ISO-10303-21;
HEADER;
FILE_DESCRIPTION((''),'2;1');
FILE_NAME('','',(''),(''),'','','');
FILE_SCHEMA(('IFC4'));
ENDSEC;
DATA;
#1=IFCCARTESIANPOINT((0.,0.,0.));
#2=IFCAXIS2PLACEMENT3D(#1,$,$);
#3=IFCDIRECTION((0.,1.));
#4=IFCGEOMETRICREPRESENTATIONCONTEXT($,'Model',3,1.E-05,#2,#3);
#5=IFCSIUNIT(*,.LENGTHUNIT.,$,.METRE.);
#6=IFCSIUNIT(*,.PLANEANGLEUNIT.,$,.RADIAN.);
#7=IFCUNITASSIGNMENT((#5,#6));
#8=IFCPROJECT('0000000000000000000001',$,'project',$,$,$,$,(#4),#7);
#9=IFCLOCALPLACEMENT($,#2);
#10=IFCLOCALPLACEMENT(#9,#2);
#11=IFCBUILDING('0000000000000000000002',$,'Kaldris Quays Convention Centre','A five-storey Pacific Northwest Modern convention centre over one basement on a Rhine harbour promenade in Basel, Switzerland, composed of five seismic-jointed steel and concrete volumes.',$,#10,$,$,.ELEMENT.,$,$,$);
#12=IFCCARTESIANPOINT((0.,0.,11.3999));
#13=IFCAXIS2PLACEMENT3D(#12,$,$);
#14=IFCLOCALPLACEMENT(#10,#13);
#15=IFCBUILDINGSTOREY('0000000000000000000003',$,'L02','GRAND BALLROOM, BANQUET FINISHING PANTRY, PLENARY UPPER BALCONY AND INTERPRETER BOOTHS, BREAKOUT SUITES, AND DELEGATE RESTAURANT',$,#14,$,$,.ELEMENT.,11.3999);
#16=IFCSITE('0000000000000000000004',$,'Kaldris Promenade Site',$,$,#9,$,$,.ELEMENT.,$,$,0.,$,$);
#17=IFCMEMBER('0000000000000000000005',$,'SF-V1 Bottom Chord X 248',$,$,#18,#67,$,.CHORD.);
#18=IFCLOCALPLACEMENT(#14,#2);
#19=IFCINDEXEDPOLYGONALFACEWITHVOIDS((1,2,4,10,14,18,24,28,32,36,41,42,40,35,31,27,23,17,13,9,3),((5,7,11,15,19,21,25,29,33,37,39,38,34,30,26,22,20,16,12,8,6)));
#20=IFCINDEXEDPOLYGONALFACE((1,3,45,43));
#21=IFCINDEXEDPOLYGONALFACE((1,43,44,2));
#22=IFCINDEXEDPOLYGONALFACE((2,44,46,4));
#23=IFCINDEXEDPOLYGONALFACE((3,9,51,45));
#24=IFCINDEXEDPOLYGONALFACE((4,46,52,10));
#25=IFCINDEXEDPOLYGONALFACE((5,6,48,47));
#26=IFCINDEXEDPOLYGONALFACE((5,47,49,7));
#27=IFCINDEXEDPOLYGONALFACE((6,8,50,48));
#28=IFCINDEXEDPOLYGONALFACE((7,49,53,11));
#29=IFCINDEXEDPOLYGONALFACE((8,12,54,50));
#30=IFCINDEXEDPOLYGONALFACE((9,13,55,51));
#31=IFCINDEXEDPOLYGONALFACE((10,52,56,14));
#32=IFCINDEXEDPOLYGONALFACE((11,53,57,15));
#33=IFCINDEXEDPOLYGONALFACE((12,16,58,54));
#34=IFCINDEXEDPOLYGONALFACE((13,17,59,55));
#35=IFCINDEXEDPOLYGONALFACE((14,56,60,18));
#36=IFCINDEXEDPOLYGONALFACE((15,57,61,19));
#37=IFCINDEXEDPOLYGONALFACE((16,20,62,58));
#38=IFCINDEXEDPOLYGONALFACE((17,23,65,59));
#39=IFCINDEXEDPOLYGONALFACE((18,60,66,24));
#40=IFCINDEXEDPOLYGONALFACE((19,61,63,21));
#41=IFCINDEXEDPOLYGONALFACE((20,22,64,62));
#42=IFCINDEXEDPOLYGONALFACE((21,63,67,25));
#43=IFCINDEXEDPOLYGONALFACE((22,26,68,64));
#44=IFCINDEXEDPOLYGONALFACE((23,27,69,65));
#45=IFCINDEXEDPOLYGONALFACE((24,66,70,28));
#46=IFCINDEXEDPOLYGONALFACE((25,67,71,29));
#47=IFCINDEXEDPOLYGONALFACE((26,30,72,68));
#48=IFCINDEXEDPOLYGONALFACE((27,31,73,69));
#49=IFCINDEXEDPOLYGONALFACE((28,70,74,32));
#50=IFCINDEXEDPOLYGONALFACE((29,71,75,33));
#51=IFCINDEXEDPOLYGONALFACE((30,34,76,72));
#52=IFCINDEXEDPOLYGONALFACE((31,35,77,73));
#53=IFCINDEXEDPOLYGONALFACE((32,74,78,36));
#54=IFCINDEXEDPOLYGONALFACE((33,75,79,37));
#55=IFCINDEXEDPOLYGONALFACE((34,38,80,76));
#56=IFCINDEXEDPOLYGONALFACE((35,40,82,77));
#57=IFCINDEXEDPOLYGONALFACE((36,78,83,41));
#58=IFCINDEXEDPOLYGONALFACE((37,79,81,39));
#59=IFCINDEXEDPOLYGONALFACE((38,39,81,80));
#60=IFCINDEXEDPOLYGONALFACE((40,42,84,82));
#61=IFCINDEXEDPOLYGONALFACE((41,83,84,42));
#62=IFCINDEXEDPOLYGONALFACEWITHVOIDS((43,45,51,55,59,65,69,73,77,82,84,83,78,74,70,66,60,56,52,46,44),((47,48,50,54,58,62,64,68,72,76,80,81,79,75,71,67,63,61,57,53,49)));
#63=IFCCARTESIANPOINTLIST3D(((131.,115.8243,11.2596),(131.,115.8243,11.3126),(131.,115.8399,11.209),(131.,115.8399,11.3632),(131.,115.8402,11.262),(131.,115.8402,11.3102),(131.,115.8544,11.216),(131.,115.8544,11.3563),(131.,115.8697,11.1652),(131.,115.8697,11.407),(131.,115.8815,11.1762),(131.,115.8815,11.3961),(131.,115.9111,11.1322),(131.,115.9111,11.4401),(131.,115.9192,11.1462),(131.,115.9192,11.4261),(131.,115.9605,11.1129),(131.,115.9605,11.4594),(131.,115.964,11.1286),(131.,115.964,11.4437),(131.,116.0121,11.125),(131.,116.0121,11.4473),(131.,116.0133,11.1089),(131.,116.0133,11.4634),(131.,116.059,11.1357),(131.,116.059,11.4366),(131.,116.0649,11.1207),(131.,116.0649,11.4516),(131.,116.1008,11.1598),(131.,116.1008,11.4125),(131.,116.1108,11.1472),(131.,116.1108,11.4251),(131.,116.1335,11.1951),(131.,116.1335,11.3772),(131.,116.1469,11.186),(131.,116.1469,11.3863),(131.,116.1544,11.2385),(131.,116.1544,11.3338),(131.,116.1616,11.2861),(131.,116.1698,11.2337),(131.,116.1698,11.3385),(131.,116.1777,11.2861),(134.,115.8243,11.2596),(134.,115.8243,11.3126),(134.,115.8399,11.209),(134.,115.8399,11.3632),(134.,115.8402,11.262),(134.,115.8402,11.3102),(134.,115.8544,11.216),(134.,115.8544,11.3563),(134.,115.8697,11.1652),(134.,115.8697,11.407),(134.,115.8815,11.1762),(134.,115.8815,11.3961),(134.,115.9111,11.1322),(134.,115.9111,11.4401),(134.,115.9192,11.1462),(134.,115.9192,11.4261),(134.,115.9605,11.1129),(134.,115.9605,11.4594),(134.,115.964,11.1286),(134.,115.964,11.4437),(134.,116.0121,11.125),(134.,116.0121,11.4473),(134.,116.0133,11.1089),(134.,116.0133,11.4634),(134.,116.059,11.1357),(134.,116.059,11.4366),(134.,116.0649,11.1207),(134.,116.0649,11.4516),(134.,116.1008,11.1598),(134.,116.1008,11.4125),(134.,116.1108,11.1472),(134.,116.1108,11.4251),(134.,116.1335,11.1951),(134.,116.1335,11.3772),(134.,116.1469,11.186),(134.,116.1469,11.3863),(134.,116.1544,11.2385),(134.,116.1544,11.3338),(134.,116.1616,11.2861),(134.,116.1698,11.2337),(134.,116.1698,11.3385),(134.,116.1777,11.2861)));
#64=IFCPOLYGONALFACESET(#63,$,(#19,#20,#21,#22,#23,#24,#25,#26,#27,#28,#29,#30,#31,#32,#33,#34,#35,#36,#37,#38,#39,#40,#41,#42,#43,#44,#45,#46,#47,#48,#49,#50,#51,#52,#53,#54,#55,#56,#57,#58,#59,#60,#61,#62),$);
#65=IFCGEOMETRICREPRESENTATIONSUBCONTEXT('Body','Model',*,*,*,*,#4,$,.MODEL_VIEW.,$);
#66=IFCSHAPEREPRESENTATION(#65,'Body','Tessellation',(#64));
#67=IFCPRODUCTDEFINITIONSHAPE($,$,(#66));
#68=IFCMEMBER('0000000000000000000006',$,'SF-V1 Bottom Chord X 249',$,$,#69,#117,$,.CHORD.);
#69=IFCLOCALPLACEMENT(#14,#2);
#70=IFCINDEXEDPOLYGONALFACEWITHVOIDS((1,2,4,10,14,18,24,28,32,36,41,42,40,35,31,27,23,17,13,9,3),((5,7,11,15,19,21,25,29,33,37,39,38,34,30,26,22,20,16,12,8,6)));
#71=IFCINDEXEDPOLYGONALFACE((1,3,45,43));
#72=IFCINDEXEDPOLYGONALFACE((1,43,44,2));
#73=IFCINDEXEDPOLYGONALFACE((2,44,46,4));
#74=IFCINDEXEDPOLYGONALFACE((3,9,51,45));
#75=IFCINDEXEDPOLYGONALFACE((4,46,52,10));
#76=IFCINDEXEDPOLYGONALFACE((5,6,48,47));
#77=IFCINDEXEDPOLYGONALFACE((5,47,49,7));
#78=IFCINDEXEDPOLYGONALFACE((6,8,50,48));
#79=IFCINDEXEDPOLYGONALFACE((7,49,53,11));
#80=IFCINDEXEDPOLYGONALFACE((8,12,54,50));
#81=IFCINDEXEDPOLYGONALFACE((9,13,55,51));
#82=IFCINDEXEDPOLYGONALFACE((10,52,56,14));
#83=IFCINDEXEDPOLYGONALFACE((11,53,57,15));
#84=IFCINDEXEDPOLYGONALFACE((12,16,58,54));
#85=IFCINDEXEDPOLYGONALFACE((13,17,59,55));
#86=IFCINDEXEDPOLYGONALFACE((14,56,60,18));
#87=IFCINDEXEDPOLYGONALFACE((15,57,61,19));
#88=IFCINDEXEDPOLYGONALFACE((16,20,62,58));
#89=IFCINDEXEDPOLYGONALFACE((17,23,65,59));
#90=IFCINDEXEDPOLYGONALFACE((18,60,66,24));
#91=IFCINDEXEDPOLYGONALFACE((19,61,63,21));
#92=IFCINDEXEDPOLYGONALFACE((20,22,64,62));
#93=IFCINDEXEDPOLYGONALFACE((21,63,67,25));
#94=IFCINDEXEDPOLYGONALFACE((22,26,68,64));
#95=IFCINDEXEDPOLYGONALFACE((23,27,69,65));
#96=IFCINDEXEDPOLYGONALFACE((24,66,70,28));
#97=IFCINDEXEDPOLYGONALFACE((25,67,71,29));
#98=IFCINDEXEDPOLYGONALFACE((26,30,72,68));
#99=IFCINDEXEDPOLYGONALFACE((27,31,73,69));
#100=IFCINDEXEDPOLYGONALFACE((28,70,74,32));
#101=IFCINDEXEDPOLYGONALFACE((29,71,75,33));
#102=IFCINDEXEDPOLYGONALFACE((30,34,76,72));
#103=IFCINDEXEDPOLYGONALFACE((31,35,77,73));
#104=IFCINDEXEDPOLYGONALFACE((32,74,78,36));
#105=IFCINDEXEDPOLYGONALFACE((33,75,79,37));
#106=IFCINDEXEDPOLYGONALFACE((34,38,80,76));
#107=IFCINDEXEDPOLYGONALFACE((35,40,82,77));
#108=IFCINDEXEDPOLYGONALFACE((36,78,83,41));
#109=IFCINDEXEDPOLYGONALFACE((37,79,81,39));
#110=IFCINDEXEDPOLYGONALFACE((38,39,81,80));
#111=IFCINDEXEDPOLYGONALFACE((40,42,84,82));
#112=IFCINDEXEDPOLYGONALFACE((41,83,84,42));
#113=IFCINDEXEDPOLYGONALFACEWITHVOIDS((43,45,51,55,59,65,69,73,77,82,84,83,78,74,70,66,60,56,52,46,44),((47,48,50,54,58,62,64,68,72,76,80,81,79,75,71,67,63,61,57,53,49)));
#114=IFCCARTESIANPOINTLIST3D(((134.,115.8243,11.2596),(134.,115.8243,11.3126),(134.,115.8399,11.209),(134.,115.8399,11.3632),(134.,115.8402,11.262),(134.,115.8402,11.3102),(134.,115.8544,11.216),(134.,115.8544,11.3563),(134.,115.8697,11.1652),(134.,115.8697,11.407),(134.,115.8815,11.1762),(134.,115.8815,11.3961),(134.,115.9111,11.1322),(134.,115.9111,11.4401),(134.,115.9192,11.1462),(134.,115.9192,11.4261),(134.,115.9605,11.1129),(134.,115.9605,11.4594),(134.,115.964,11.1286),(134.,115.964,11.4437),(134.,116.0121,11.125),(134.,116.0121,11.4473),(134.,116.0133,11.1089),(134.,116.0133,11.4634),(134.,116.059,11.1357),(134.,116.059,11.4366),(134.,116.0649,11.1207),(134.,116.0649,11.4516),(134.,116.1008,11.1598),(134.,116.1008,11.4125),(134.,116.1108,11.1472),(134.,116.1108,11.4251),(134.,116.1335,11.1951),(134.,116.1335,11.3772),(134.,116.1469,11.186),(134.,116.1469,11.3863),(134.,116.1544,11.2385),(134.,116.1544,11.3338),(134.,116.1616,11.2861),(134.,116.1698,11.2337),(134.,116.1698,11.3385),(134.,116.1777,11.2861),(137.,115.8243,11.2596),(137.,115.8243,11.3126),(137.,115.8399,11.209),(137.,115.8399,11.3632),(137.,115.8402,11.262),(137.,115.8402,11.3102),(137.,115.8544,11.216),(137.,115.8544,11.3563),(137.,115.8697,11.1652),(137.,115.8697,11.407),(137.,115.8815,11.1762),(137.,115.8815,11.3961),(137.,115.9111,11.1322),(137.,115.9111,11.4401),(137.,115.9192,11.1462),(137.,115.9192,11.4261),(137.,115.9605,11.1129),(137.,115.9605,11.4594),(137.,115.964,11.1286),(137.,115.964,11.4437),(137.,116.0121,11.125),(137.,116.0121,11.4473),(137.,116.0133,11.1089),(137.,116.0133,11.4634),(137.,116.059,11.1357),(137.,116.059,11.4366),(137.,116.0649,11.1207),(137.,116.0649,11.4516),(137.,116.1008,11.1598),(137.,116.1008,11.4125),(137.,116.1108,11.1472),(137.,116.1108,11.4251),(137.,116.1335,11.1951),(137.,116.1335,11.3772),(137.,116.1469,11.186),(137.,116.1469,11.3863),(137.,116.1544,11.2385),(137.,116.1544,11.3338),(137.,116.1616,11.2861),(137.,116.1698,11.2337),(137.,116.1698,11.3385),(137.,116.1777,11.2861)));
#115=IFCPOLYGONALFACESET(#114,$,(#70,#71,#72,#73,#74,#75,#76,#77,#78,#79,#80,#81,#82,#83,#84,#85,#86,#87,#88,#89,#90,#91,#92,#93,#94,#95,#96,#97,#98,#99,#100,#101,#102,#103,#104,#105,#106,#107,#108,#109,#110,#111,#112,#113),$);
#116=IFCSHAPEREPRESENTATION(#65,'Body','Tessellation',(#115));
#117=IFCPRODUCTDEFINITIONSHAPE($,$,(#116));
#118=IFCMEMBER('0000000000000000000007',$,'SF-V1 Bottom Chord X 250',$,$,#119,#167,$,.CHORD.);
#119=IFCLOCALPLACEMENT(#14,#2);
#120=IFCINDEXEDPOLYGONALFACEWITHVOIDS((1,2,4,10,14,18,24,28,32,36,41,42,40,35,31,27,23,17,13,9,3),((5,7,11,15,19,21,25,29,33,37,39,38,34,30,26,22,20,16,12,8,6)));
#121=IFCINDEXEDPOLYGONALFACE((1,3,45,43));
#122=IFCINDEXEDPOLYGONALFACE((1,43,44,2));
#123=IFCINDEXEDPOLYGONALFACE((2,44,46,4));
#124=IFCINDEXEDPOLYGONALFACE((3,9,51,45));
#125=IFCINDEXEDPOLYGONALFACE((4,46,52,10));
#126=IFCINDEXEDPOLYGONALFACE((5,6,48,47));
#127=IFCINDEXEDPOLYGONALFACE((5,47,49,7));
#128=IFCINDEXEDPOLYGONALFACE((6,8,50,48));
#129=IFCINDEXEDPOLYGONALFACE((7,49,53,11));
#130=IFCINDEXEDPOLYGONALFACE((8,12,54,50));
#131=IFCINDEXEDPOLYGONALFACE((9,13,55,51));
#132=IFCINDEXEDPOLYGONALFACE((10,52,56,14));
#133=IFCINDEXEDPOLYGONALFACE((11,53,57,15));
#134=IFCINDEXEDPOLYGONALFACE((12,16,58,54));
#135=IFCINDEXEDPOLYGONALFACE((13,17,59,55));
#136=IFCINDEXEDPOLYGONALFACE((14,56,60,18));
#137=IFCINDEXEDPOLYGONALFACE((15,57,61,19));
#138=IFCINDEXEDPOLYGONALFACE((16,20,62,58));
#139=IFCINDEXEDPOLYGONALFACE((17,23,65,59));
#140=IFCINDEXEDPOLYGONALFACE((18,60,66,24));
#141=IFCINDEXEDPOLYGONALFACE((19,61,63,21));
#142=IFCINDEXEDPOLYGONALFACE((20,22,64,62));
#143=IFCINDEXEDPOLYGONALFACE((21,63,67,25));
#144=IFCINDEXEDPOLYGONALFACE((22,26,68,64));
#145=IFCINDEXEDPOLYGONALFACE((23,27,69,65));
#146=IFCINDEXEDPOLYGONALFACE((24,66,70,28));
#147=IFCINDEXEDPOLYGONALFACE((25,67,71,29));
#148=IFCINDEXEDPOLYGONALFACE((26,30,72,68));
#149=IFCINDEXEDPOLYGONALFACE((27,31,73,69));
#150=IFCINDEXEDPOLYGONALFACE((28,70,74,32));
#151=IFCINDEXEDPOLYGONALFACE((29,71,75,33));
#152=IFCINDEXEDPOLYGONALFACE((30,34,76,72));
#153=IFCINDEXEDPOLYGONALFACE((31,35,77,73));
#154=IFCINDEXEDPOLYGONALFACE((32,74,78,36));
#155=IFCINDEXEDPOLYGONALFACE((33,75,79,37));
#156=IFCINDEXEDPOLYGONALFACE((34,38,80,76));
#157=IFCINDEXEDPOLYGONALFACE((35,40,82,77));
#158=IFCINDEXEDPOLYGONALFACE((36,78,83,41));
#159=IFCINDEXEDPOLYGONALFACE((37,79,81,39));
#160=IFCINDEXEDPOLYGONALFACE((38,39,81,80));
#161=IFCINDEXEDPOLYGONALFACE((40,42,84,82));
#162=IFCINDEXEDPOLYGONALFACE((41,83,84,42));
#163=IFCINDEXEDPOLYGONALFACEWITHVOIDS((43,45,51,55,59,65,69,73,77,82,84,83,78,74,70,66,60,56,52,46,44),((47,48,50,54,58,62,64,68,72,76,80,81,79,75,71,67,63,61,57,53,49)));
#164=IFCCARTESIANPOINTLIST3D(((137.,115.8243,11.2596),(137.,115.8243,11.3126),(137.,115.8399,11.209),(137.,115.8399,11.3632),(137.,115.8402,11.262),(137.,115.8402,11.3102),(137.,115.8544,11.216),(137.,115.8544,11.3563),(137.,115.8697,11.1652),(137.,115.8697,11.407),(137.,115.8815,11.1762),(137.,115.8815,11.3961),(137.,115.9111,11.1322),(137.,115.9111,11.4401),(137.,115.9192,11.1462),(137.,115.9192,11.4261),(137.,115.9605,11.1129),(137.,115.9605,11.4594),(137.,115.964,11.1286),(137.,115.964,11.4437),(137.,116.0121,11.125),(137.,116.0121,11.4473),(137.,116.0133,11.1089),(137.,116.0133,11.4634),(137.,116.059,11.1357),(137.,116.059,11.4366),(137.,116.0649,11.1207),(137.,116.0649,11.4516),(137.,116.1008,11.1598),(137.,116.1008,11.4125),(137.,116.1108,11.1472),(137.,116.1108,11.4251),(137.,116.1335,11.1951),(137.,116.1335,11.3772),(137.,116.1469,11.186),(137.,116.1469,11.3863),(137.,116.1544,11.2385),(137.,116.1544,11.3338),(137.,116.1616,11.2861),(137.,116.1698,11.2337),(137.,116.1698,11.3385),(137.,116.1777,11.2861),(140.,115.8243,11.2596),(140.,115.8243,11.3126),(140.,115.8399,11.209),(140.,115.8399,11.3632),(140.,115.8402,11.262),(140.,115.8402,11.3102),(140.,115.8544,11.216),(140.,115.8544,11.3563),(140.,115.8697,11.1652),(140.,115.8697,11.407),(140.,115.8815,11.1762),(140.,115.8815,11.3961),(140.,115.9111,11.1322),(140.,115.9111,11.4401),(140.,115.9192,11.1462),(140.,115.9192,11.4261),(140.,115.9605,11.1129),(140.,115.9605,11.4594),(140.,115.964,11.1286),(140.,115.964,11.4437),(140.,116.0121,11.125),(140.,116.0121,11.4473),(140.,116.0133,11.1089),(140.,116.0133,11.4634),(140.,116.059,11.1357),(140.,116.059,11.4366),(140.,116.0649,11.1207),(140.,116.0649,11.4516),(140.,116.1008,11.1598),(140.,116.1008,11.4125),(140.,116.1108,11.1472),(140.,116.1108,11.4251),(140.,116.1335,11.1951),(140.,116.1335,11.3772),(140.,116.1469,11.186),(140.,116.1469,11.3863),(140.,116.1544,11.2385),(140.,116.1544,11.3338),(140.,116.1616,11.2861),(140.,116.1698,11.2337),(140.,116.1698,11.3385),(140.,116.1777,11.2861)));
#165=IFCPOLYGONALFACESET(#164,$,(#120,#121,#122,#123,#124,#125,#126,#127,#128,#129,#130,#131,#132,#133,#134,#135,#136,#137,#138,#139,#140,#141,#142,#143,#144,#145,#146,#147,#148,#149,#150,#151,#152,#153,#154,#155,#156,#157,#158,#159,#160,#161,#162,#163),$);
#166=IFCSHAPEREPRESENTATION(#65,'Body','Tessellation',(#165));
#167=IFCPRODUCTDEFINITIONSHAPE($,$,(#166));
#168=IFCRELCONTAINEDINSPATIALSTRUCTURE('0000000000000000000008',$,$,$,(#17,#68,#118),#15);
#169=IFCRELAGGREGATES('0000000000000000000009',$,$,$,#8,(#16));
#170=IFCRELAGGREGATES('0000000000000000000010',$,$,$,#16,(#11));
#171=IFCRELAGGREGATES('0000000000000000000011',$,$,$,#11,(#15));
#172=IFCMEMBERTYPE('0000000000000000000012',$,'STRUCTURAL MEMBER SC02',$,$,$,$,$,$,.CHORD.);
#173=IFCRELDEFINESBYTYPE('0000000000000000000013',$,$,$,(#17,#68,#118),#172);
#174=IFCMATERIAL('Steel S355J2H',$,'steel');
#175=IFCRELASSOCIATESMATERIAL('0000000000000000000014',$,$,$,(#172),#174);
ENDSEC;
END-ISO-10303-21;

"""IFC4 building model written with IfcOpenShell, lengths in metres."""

from ifc_helpers import new_model, si_unit, direction, frame, origin, origin_2d, place, context, subcontext, project, spatial, hollow_circle, extrude, material, material_profile, profile_set, type_object, element, save


model = new_model("IFC4")

# Units and contexts
model_context = context("Model", 3, precision=1e-05, world=origin(), true_north=direction((0.0, 1.0)))
body_context = subcontext(model_context, "Body", "Model", "MODEL_VIEW")
ifc_project = project(units=[si_unit("LENGTHUNIT", "METRE"), si_unit("PLANEANGLEUNIT", "RADIAN")], contexts=[model_context])

# Site, building, storey
site_placement = place(None, origin())
site = spatial("IfcSite", under=ifc_project, at=site_placement, Name="Kaldris Promenade Site", CompositionType="ELEMENT", RefElevation=0.0)
building_placement = place(site_placement, origin())
building = spatial("IfcBuilding", under=site, at=building_placement, Name="Kaldris Quays Convention Centre", Description="A five-storey Pacific Northwest Modern convention centre over one basement on a Rhine harbour promenade in Basel, Switzerland, composed of five seismic-jointed steel and concrete volumes.", CompositionType="ELEMENT")
storey_placement = place(building_placement, frame((0.0, 0.0, 11.3999)))
storey = spatial("IfcBuildingStorey", under=building, at=storey_placement, Name="L02", Description="GRAND BALLROOM, BANQUET FINISHING PANTRY, PLENARY UPPER BALCONY AND INTERPRETER BOOTHS, BREAKOUT SUITES, AND DELEGATE RESTAURANT", CompositionType="ELEMENT", Elevation=11.3999)

# Members
ifc_material_1 = material(Name="Steel S355J2H", Category="steel")
ifc_material_profile_1 = material_profile(ifc_material_1, hollow_circle(Radius=0.1777, WallThickness=0.0161, at=origin_2d()), Name="CHS 355.6x16")
ifc_profile_set_1 = profile_set([ifc_material_profile_1], Name="Steel S355J2H")
member_type_1 = type_object("IfcMemberType", Name="STRUCTURAL MEMBER SC02", PredefinedType="CHORD", material=ifc_profile_set_1)
for number, where, z_axis, x_axis, name in (
    (1, (131.0, 116.0, 11.2861), (1.0, 0.0, 0.0), (0.0, 1.0, 0.0), "SF-V1 Bottom Chord X 248"),
    (2, (134.0, 116.0, 11.2861), (1.0, 0.0, 0.0), (0.0, 1.0, 0.0), "SF-V1 Bottom Chord X 249"),
    (3, (137.0, 116.0, 11.2861), (1.0, 0.0, 0.0), (0.0, 1.0, 0.0), "SF-V1 Bottom Chord X 250"),
):
    element("IfcMember", number, at=place(storey_placement, frame(where, z_axis=z_axis, x_axis=x_axis)), inside=storey, type_object=member_type_1, Name=name, PredefinedType="CHORD", context=body_context, shape_type="SweptSolid", body=[
        extrude(hollow_circle(Radius=0.1777, WallThickness=0.0161, at=origin_2d()), origin(), (0.0, 0.0, 1.0), 3.0),
    ])

save(model, "model.ifc")
